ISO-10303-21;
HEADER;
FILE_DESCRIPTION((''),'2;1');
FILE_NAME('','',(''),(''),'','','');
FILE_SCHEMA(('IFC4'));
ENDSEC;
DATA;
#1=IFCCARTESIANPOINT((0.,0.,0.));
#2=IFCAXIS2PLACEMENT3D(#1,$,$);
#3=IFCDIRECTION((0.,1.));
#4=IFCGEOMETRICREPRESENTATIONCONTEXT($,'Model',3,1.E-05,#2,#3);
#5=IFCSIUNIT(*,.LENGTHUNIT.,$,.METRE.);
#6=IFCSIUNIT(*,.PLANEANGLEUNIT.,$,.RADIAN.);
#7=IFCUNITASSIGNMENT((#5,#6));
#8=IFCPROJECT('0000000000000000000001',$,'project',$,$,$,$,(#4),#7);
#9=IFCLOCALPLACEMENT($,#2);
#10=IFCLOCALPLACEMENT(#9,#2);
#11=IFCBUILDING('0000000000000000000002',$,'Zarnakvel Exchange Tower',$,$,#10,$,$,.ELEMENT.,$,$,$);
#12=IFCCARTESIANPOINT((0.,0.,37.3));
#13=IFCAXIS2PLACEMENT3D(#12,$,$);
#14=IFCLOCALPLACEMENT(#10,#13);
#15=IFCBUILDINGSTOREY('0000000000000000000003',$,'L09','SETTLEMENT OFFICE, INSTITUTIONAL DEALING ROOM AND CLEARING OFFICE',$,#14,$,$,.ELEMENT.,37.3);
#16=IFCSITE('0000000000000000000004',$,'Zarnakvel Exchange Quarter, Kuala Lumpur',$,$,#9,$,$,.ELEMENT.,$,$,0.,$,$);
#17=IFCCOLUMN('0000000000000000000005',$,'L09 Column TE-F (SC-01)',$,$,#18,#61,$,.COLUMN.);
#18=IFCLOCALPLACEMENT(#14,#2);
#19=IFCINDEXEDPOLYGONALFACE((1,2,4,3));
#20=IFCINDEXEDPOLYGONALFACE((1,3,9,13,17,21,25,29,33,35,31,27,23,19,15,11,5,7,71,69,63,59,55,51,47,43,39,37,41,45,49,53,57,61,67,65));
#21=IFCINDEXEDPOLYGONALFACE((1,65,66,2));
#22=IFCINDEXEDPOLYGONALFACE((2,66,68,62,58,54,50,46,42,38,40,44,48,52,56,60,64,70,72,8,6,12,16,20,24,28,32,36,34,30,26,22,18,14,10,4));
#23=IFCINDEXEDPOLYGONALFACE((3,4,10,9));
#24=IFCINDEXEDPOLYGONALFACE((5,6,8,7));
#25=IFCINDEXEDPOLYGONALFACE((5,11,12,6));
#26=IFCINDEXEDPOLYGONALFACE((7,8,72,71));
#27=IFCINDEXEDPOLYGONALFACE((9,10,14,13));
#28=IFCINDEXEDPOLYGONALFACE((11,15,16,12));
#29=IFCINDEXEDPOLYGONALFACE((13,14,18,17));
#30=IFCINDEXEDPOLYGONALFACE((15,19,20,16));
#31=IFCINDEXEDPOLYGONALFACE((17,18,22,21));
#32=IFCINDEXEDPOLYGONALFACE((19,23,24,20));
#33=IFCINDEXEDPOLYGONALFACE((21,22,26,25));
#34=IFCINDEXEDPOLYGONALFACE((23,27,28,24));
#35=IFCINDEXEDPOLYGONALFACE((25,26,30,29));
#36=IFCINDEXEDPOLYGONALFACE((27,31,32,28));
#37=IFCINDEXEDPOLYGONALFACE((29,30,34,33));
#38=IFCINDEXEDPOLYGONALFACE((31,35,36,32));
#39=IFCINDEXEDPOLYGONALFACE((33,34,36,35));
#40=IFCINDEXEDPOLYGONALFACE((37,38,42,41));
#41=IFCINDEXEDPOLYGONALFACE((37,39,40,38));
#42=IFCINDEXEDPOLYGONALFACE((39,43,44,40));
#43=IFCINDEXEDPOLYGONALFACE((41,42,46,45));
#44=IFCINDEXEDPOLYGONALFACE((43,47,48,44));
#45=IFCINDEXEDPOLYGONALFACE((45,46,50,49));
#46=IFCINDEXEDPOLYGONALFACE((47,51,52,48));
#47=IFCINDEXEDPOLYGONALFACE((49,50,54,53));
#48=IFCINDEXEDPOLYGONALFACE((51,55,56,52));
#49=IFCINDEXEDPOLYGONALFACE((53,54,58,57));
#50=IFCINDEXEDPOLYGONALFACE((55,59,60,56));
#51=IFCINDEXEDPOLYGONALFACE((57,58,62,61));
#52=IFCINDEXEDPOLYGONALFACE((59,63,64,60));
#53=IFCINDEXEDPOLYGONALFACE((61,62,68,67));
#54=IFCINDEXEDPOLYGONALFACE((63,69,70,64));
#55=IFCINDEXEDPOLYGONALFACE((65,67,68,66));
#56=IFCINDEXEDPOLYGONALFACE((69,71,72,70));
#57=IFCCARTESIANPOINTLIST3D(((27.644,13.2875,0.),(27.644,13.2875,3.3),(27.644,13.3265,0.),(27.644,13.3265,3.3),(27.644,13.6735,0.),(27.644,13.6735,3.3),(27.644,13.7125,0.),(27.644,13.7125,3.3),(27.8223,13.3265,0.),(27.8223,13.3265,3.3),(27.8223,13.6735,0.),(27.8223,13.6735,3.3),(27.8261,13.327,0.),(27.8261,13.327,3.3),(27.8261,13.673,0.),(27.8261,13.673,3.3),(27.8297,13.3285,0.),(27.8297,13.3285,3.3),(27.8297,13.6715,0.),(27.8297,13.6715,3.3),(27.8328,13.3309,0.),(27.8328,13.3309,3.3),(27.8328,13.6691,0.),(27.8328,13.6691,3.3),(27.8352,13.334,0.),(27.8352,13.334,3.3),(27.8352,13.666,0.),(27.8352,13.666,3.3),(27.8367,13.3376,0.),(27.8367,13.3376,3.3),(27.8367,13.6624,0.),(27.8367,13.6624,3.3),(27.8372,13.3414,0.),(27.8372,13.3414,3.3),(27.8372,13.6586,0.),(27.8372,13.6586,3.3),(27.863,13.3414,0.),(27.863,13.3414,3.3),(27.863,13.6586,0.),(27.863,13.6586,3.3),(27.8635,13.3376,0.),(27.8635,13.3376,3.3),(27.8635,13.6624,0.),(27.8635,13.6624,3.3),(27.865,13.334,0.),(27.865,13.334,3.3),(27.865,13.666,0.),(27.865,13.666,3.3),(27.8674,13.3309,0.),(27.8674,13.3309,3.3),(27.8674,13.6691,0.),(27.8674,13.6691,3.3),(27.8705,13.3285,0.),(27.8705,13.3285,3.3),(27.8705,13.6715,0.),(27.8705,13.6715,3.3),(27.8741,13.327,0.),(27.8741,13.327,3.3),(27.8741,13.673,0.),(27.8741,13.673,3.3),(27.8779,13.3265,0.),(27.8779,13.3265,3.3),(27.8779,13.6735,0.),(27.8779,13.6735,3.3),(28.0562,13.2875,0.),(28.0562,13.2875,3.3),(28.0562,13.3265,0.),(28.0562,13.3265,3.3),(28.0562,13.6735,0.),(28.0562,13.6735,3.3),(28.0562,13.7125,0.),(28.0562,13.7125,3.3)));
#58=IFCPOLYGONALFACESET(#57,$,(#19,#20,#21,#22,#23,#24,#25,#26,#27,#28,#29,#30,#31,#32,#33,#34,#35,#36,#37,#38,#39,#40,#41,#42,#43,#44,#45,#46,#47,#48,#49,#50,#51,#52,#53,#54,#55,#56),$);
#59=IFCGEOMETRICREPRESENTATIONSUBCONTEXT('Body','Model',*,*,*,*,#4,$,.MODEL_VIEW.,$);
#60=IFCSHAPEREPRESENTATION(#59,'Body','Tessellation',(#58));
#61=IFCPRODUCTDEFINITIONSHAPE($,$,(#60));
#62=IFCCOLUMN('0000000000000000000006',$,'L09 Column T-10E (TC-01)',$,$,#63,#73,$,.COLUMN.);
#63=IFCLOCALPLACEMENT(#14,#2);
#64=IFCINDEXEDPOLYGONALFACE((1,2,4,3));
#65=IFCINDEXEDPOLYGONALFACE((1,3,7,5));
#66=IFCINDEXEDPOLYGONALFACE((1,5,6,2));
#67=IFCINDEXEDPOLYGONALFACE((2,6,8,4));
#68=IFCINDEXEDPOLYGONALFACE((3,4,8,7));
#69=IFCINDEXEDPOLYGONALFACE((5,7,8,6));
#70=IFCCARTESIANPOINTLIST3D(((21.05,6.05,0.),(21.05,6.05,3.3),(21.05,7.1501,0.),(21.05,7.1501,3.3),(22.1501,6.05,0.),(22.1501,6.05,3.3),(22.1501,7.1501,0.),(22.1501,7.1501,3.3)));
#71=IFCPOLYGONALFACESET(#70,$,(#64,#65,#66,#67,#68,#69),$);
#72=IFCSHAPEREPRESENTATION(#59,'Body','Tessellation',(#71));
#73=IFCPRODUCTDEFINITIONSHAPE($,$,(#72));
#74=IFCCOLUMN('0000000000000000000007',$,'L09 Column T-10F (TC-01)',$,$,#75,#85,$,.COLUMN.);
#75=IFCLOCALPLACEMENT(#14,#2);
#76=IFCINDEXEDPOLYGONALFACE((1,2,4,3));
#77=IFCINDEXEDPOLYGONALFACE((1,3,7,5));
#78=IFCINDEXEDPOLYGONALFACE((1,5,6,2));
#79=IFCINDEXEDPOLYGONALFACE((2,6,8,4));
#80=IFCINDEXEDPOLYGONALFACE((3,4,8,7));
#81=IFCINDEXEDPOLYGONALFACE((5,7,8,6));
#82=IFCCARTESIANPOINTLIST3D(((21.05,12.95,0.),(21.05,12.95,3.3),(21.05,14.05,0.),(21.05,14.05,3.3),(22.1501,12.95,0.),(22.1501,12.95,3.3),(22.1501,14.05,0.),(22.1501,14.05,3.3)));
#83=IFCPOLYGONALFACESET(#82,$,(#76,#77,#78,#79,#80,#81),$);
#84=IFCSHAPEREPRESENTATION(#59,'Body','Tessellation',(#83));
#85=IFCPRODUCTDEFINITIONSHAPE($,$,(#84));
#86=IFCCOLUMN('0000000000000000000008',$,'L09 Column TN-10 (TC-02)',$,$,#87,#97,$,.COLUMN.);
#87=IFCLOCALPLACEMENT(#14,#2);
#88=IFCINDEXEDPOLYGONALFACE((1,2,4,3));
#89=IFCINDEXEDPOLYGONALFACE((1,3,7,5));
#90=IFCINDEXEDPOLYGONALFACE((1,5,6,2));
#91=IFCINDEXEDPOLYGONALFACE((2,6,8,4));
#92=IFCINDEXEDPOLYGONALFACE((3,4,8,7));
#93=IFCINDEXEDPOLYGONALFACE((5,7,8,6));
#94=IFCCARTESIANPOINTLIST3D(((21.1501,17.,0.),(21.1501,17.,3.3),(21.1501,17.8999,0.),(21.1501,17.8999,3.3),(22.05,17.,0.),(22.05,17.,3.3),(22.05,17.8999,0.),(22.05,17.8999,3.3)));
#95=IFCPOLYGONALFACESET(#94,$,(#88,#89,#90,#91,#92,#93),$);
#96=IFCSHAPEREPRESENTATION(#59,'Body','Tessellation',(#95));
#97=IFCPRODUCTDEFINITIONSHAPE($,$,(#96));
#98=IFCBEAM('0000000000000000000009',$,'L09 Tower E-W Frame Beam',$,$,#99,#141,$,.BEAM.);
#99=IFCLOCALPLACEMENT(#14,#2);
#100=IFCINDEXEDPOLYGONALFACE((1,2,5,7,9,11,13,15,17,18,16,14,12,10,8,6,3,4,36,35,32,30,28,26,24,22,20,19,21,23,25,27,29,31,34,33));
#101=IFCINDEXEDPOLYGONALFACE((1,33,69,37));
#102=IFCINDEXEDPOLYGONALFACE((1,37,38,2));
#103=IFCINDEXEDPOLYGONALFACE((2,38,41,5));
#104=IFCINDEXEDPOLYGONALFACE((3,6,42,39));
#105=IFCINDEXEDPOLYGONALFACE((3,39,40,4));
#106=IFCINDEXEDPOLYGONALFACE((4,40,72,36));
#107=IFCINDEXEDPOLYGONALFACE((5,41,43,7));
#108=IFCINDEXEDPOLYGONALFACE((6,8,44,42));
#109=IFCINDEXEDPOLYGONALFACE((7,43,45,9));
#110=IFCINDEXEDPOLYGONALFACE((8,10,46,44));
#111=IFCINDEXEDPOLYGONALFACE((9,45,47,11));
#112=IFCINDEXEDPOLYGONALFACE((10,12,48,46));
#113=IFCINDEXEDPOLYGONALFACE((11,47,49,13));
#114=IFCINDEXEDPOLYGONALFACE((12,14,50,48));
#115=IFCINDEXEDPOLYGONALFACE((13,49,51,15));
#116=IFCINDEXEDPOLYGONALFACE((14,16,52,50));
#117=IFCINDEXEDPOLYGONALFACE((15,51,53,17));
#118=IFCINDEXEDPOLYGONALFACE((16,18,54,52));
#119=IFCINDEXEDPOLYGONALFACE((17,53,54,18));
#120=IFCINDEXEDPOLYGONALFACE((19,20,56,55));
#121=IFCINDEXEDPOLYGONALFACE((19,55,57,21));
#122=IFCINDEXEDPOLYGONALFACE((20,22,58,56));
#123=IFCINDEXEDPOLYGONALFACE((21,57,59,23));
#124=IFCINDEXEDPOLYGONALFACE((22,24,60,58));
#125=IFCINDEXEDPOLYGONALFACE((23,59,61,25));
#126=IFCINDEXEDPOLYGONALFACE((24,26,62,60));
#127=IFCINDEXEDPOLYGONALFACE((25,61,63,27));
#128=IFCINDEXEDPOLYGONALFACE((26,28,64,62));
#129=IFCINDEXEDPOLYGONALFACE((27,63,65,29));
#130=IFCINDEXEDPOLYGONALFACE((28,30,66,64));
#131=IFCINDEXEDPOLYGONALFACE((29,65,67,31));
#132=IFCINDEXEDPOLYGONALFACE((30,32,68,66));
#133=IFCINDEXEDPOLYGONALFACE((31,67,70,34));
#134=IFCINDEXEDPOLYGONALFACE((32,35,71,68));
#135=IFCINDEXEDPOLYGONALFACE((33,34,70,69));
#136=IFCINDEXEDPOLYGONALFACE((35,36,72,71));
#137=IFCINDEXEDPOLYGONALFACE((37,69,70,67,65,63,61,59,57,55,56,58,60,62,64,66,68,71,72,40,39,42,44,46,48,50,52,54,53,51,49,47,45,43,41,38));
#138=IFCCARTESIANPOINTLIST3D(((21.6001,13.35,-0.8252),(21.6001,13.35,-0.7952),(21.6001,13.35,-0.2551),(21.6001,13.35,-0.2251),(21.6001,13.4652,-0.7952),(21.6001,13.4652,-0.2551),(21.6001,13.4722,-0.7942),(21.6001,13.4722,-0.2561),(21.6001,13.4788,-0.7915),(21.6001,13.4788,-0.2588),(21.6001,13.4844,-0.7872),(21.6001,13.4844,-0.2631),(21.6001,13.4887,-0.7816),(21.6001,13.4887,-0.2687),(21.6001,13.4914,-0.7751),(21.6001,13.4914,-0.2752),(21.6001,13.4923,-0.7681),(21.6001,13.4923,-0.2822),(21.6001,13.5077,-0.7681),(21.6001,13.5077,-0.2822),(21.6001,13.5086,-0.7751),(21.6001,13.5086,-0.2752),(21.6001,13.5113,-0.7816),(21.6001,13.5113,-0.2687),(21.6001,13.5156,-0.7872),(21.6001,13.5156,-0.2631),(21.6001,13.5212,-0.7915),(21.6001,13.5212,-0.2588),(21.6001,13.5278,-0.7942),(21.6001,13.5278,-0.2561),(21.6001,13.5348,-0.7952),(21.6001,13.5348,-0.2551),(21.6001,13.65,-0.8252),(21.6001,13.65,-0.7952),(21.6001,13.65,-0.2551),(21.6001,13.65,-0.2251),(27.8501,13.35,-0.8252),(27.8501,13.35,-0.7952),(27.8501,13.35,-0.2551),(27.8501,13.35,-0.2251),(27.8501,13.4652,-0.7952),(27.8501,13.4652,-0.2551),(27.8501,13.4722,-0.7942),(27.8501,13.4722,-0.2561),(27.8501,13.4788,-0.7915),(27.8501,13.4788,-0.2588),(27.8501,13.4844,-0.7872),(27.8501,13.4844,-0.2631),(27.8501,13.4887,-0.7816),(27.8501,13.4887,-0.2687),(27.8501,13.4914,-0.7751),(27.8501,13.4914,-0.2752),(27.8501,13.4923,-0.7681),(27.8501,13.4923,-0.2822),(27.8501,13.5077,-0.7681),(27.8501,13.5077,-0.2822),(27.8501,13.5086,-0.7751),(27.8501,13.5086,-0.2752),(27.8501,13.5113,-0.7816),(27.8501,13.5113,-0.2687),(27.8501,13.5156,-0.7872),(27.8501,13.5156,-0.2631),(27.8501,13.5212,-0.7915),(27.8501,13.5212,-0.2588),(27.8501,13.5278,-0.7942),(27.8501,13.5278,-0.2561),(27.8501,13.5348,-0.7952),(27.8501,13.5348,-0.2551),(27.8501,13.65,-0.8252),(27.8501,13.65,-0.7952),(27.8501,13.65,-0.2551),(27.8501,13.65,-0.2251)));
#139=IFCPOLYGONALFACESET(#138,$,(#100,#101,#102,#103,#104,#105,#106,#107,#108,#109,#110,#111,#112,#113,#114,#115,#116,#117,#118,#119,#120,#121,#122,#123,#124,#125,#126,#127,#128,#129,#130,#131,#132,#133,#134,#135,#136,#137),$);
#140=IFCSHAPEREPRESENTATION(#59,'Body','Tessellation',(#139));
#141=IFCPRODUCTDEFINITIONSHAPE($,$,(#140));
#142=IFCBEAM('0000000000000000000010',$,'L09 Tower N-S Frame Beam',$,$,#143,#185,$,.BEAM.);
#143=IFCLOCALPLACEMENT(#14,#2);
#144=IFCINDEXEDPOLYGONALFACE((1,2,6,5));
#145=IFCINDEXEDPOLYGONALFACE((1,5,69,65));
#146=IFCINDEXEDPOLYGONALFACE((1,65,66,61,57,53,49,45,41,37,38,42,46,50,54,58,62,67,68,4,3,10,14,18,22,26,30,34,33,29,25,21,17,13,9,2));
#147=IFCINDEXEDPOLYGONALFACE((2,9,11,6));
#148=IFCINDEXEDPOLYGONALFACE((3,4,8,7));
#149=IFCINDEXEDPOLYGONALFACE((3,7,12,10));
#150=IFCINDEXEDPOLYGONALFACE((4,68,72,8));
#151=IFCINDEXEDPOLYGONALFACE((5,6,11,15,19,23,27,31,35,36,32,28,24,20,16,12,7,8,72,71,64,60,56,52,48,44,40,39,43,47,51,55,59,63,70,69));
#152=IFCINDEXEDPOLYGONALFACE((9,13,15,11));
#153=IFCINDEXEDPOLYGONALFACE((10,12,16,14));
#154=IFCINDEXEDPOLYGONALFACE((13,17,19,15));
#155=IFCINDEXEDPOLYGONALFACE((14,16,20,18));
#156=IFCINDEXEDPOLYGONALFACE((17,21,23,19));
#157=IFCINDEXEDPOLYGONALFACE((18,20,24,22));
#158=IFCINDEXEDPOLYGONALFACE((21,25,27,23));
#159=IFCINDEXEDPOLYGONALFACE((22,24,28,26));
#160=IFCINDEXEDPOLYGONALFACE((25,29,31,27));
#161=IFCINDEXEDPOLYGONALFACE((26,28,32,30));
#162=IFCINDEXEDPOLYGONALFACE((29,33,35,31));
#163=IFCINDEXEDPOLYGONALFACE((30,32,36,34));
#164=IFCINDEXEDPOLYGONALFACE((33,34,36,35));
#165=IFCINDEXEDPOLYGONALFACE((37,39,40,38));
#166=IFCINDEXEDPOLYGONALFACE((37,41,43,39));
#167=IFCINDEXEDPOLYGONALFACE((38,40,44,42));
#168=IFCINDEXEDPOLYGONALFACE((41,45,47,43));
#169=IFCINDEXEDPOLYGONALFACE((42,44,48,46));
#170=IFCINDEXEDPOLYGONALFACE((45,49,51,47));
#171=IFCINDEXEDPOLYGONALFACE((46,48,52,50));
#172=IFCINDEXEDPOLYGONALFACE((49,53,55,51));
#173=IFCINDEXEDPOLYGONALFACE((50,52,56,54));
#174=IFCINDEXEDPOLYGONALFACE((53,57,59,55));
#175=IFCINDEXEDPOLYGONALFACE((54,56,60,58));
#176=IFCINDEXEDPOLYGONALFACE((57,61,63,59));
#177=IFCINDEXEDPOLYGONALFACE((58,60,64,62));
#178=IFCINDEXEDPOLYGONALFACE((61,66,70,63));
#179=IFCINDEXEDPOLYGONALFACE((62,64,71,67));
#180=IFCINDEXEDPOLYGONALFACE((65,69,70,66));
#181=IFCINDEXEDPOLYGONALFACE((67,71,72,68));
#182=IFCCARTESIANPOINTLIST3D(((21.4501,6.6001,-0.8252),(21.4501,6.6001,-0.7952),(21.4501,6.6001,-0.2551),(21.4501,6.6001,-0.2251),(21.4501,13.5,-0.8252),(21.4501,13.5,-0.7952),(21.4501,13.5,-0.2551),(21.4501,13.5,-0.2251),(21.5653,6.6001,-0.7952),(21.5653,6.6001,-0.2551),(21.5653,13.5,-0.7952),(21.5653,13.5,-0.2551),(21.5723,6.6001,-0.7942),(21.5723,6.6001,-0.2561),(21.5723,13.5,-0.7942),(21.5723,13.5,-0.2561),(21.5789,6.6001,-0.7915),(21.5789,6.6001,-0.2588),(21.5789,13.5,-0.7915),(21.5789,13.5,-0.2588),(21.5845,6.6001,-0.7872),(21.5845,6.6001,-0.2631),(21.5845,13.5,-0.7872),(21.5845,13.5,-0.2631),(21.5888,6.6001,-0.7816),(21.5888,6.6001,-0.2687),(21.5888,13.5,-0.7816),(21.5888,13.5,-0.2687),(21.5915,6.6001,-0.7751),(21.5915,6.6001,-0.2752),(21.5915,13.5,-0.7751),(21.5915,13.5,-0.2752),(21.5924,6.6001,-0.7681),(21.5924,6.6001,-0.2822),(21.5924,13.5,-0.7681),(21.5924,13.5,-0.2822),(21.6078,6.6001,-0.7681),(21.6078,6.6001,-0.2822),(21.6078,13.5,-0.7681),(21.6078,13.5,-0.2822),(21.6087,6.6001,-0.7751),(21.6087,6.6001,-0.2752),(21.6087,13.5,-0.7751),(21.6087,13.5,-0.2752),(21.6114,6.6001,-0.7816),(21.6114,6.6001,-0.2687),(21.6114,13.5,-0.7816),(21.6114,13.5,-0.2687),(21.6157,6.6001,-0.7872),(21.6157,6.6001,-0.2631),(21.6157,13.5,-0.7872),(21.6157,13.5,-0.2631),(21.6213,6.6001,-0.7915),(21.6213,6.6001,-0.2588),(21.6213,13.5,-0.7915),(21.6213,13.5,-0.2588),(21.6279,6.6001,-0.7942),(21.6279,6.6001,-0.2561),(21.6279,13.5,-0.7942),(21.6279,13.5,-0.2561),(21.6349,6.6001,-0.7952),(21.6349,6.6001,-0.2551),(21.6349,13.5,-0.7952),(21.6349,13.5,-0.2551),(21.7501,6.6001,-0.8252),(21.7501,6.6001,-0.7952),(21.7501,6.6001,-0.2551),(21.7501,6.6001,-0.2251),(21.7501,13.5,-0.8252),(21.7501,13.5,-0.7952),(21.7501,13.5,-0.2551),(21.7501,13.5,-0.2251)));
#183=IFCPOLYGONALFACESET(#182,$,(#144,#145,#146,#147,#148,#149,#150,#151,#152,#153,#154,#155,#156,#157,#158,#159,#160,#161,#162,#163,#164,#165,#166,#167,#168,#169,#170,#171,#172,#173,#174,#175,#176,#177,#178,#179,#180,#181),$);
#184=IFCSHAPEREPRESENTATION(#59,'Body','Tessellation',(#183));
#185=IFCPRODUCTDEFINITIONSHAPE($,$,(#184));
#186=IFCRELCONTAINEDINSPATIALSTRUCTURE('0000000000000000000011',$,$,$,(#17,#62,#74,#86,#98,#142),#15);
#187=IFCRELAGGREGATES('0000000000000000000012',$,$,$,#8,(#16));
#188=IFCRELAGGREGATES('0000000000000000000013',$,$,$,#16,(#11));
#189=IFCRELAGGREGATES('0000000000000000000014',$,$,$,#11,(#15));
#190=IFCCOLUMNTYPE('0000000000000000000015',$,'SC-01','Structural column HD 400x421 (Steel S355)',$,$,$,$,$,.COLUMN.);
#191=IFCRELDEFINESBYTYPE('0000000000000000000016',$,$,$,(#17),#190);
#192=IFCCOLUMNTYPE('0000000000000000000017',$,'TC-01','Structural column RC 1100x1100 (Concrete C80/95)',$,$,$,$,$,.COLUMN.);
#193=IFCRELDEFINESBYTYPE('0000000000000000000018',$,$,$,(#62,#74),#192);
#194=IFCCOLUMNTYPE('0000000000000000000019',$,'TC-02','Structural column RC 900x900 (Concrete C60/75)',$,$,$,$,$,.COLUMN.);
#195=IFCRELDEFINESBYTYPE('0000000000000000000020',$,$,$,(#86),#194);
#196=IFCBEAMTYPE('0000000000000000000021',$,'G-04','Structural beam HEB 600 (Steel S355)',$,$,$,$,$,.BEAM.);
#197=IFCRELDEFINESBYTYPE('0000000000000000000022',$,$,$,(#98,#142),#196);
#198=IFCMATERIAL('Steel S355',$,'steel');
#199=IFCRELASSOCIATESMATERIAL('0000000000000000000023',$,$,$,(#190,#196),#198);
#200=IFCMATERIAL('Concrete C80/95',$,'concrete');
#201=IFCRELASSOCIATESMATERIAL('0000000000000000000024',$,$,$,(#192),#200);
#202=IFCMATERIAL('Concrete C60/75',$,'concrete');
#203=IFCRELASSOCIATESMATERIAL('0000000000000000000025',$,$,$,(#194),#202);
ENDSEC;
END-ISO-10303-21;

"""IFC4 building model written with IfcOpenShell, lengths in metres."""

from ifc_helpers import new_model, si_unit, direction, frame, origin, origin_2d, place, context, subcontext, project, spatial, rectangle, i_section, extrude, material, material_profile, profile_set, type_object, element, save


model = new_model("IFC4")

# Units and contexts
model_context = context("Model", 3, precision=1e-05, world=origin(), true_north=direction((0.0, 1.0)))
body_context = subcontext(model_context, "Body", "Model", "MODEL_VIEW")
ifc_project = project(units=[si_unit("LENGTHUNIT", "METRE"), si_unit("PLANEANGLEUNIT", "RADIAN")], contexts=[model_context])

# Site, building, storey
site_placement = place(None, origin())
site = spatial("IfcSite", under=ifc_project, at=site_placement, Name="Zarnakvel Exchange Quarter, Kuala Lumpur", CompositionType="ELEMENT", RefElevation=0.0)
building_placement = place(site_placement, origin())
building = spatial("IfcBuilding", under=site, at=building_placement, Name="Zarnakvel Exchange Tower", CompositionType="ELEMENT")
storey_placement = place(building_placement, frame((0.0, 0.0, 37.3)))
storey = spatial("IfcBuildingStorey", under=building, at=storey_placement, Name="L09", Description="SETTLEMENT OFFICE, INSTITUTIONAL DEALING ROOM AND CLEARING OFFICE", CompositionType="ELEMENT", Elevation=37.3)

# Columns
ifc_material_1 = material(Name="Steel S355", Category="steel")
ifc_material_profile_1 = material_profile(ifc_material_1, i_section(OverallWidth=0.4121, OverallDepth=0.425, WebThickness=0.0259, FlangeThickness=0.0391, FilletRadius=0.0149, at=origin_2d()))
ifc_profile_set_1 = profile_set([ifc_material_profile_1], Name="Steel S355")
column_type_1 = type_object("IfcColumnType", Name="SC-01", Description="Structural column HD 400x421 (Steel S355)", PredefinedType="COLUMN", material=ifc_profile_set_1)
column_1_placement = place(storey_placement, frame((27.8501, 13.5, 0.0), z_axis=(0.0, 0.0, 1.0), x_axis=(1.0, 0.0, 0.0)))
element("IfcColumn", 1, at=column_1_placement, inside=storey, type_object=column_type_1, Name="L09 Column TE-F (SC-01)", PredefinedType="COLUMN", context=body_context, shape_type="SweptSolid", body=[
    extrude(i_section(OverallWidth=0.4121, OverallDepth=0.425, WebThickness=0.0259, FlangeThickness=0.0391, FilletRadius=0.0149, at=origin_2d()), origin(), (0.0, 0.0, 1.0), 3.3),
])
ifc_material_2 = material(Name="Concrete C80/95", Category="concrete")
ifc_material_profile_2 = material_profile(ifc_material_2, rectangle(XDim=1.1001, YDim=1.1001, at=origin_2d()))
ifc_profile_set_2 = profile_set([ifc_material_profile_2], Name="Concrete C80/95")
column_type_2 = type_object("IfcColumnType", Name="TC-01", Description="Structural column RC 1100x1100 (Concrete C80/95)", PredefinedType="COLUMN", material=ifc_profile_set_2)
for number, where, z_axis, x_axis, name in (
    (2, (21.6001, 6.6001, 0.0), (0.0, 0.0, 1.0), (1.0, 0.0, 0.0), "L09 Column T-10E (TC-01)"),
    (3, (21.6001, 13.5, 0.0), (0.0, 0.0, 1.0), (1.0, 0.0, 0.0), "L09 Column T-10F (TC-01)"),
):
    element("IfcColumn", number, at=place(storey_placement, frame(where, z_axis=z_axis, x_axis=x_axis)), inside=storey, type_object=column_type_2, Name=name, PredefinedType="COLUMN", context=body_context, shape_type="SweptSolid", body=[
        extrude(rectangle(XDim=1.1001, YDim=1.1001, at=origin_2d()), origin(), (0.0, 0.0, 1.0), 3.3),
    ])
ifc_material_3 = material(Name="Concrete C60/75", Category="concrete")
ifc_material_profile_3 = material_profile(ifc_material_3, rectangle(XDim=0.8999, YDim=0.8999, at=origin_2d()))
ifc_profile_set_3 = profile_set([ifc_material_profile_3], Name="Concrete C60/75")
column_type_3 = type_object("IfcColumnType", Name="TC-02", Description="Structural column RC 900x900 (Concrete C60/75)", PredefinedType="COLUMN", material=ifc_profile_set_3)
column_2_placement = place(storey_placement, frame((21.6001, 17.45, 0.0), z_axis=(0.0, 0.0, 1.0), x_axis=(1.0, 0.0, 0.0)))
element("IfcColumn", 4, at=column_2_placement, inside=storey, type_object=column_type_3, Name="L09 Column TN-10 (TC-02)", PredefinedType="COLUMN", context=body_context, shape_type="SweptSolid", body=[
    extrude(rectangle(XDim=0.8999, YDim=0.8999, at=origin_2d()), origin(), (0.0, 0.0, 1.0), 3.3),
])

# Beams
ifc_material_profile_4 = material_profile(ifc_material_1, i_section(OverallWidth=0.3, OverallDepth=0.6001, WebThickness=0.0154, FlangeThickness=0.03, FilletRadius=0.0271, at=origin_2d()))
ifc_profile_set_4 = profile_set([ifc_material_profile_4], Name="Steel S355")
beam_type = type_object("IfcBeamType", Name="G-04", Description="Structural beam HEB 600 (Steel S355)", PredefinedType="BEAM", material=ifc_profile_set_4)
beam_1_placement = place(storey_placement, frame((21.6001, 13.5, -0.5251), z_axis=(1.0, 0.0, 0.0), x_axis=(0.0, 1.0, 0.0)))
element("IfcBeam", 5, at=beam_1_placement, inside=storey, type_object=beam_type, Name="L09 Tower E-W Frame Beam", PredefinedType="BEAM", context=body_context, shape_type="SweptSolid", body=[
    extrude(i_section(OverallWidth=0.3, OverallDepth=0.6001, WebThickness=0.0154, FlangeThickness=0.03, FilletRadius=0.0271, at=origin_2d()), origin(), (0.0, 0.0, 1.0), 6.25),
])
beam_2_placement = place(storey_placement, frame((21.6001, 6.6001, -0.5251), z_axis=(0.0, 1.0, 0.0), x_axis=(-1.0, 0.0, 0.0)))
element("IfcBeam", 6, at=beam_2_placement, inside=storey, type_object=beam_type, Name="L09 Tower N-S Frame Beam", PredefinedType="BEAM", context=body_context, shape_type="SweptSolid", body=[
    extrude(i_section(OverallWidth=0.3, OverallDepth=0.6001, WebThickness=0.0154, FlangeThickness=0.03, FilletRadius=0.0271, at=origin_2d()), origin(), (0.0, 0.0, 1.0), 6.8999),
])

save(model, "model.ifc")
